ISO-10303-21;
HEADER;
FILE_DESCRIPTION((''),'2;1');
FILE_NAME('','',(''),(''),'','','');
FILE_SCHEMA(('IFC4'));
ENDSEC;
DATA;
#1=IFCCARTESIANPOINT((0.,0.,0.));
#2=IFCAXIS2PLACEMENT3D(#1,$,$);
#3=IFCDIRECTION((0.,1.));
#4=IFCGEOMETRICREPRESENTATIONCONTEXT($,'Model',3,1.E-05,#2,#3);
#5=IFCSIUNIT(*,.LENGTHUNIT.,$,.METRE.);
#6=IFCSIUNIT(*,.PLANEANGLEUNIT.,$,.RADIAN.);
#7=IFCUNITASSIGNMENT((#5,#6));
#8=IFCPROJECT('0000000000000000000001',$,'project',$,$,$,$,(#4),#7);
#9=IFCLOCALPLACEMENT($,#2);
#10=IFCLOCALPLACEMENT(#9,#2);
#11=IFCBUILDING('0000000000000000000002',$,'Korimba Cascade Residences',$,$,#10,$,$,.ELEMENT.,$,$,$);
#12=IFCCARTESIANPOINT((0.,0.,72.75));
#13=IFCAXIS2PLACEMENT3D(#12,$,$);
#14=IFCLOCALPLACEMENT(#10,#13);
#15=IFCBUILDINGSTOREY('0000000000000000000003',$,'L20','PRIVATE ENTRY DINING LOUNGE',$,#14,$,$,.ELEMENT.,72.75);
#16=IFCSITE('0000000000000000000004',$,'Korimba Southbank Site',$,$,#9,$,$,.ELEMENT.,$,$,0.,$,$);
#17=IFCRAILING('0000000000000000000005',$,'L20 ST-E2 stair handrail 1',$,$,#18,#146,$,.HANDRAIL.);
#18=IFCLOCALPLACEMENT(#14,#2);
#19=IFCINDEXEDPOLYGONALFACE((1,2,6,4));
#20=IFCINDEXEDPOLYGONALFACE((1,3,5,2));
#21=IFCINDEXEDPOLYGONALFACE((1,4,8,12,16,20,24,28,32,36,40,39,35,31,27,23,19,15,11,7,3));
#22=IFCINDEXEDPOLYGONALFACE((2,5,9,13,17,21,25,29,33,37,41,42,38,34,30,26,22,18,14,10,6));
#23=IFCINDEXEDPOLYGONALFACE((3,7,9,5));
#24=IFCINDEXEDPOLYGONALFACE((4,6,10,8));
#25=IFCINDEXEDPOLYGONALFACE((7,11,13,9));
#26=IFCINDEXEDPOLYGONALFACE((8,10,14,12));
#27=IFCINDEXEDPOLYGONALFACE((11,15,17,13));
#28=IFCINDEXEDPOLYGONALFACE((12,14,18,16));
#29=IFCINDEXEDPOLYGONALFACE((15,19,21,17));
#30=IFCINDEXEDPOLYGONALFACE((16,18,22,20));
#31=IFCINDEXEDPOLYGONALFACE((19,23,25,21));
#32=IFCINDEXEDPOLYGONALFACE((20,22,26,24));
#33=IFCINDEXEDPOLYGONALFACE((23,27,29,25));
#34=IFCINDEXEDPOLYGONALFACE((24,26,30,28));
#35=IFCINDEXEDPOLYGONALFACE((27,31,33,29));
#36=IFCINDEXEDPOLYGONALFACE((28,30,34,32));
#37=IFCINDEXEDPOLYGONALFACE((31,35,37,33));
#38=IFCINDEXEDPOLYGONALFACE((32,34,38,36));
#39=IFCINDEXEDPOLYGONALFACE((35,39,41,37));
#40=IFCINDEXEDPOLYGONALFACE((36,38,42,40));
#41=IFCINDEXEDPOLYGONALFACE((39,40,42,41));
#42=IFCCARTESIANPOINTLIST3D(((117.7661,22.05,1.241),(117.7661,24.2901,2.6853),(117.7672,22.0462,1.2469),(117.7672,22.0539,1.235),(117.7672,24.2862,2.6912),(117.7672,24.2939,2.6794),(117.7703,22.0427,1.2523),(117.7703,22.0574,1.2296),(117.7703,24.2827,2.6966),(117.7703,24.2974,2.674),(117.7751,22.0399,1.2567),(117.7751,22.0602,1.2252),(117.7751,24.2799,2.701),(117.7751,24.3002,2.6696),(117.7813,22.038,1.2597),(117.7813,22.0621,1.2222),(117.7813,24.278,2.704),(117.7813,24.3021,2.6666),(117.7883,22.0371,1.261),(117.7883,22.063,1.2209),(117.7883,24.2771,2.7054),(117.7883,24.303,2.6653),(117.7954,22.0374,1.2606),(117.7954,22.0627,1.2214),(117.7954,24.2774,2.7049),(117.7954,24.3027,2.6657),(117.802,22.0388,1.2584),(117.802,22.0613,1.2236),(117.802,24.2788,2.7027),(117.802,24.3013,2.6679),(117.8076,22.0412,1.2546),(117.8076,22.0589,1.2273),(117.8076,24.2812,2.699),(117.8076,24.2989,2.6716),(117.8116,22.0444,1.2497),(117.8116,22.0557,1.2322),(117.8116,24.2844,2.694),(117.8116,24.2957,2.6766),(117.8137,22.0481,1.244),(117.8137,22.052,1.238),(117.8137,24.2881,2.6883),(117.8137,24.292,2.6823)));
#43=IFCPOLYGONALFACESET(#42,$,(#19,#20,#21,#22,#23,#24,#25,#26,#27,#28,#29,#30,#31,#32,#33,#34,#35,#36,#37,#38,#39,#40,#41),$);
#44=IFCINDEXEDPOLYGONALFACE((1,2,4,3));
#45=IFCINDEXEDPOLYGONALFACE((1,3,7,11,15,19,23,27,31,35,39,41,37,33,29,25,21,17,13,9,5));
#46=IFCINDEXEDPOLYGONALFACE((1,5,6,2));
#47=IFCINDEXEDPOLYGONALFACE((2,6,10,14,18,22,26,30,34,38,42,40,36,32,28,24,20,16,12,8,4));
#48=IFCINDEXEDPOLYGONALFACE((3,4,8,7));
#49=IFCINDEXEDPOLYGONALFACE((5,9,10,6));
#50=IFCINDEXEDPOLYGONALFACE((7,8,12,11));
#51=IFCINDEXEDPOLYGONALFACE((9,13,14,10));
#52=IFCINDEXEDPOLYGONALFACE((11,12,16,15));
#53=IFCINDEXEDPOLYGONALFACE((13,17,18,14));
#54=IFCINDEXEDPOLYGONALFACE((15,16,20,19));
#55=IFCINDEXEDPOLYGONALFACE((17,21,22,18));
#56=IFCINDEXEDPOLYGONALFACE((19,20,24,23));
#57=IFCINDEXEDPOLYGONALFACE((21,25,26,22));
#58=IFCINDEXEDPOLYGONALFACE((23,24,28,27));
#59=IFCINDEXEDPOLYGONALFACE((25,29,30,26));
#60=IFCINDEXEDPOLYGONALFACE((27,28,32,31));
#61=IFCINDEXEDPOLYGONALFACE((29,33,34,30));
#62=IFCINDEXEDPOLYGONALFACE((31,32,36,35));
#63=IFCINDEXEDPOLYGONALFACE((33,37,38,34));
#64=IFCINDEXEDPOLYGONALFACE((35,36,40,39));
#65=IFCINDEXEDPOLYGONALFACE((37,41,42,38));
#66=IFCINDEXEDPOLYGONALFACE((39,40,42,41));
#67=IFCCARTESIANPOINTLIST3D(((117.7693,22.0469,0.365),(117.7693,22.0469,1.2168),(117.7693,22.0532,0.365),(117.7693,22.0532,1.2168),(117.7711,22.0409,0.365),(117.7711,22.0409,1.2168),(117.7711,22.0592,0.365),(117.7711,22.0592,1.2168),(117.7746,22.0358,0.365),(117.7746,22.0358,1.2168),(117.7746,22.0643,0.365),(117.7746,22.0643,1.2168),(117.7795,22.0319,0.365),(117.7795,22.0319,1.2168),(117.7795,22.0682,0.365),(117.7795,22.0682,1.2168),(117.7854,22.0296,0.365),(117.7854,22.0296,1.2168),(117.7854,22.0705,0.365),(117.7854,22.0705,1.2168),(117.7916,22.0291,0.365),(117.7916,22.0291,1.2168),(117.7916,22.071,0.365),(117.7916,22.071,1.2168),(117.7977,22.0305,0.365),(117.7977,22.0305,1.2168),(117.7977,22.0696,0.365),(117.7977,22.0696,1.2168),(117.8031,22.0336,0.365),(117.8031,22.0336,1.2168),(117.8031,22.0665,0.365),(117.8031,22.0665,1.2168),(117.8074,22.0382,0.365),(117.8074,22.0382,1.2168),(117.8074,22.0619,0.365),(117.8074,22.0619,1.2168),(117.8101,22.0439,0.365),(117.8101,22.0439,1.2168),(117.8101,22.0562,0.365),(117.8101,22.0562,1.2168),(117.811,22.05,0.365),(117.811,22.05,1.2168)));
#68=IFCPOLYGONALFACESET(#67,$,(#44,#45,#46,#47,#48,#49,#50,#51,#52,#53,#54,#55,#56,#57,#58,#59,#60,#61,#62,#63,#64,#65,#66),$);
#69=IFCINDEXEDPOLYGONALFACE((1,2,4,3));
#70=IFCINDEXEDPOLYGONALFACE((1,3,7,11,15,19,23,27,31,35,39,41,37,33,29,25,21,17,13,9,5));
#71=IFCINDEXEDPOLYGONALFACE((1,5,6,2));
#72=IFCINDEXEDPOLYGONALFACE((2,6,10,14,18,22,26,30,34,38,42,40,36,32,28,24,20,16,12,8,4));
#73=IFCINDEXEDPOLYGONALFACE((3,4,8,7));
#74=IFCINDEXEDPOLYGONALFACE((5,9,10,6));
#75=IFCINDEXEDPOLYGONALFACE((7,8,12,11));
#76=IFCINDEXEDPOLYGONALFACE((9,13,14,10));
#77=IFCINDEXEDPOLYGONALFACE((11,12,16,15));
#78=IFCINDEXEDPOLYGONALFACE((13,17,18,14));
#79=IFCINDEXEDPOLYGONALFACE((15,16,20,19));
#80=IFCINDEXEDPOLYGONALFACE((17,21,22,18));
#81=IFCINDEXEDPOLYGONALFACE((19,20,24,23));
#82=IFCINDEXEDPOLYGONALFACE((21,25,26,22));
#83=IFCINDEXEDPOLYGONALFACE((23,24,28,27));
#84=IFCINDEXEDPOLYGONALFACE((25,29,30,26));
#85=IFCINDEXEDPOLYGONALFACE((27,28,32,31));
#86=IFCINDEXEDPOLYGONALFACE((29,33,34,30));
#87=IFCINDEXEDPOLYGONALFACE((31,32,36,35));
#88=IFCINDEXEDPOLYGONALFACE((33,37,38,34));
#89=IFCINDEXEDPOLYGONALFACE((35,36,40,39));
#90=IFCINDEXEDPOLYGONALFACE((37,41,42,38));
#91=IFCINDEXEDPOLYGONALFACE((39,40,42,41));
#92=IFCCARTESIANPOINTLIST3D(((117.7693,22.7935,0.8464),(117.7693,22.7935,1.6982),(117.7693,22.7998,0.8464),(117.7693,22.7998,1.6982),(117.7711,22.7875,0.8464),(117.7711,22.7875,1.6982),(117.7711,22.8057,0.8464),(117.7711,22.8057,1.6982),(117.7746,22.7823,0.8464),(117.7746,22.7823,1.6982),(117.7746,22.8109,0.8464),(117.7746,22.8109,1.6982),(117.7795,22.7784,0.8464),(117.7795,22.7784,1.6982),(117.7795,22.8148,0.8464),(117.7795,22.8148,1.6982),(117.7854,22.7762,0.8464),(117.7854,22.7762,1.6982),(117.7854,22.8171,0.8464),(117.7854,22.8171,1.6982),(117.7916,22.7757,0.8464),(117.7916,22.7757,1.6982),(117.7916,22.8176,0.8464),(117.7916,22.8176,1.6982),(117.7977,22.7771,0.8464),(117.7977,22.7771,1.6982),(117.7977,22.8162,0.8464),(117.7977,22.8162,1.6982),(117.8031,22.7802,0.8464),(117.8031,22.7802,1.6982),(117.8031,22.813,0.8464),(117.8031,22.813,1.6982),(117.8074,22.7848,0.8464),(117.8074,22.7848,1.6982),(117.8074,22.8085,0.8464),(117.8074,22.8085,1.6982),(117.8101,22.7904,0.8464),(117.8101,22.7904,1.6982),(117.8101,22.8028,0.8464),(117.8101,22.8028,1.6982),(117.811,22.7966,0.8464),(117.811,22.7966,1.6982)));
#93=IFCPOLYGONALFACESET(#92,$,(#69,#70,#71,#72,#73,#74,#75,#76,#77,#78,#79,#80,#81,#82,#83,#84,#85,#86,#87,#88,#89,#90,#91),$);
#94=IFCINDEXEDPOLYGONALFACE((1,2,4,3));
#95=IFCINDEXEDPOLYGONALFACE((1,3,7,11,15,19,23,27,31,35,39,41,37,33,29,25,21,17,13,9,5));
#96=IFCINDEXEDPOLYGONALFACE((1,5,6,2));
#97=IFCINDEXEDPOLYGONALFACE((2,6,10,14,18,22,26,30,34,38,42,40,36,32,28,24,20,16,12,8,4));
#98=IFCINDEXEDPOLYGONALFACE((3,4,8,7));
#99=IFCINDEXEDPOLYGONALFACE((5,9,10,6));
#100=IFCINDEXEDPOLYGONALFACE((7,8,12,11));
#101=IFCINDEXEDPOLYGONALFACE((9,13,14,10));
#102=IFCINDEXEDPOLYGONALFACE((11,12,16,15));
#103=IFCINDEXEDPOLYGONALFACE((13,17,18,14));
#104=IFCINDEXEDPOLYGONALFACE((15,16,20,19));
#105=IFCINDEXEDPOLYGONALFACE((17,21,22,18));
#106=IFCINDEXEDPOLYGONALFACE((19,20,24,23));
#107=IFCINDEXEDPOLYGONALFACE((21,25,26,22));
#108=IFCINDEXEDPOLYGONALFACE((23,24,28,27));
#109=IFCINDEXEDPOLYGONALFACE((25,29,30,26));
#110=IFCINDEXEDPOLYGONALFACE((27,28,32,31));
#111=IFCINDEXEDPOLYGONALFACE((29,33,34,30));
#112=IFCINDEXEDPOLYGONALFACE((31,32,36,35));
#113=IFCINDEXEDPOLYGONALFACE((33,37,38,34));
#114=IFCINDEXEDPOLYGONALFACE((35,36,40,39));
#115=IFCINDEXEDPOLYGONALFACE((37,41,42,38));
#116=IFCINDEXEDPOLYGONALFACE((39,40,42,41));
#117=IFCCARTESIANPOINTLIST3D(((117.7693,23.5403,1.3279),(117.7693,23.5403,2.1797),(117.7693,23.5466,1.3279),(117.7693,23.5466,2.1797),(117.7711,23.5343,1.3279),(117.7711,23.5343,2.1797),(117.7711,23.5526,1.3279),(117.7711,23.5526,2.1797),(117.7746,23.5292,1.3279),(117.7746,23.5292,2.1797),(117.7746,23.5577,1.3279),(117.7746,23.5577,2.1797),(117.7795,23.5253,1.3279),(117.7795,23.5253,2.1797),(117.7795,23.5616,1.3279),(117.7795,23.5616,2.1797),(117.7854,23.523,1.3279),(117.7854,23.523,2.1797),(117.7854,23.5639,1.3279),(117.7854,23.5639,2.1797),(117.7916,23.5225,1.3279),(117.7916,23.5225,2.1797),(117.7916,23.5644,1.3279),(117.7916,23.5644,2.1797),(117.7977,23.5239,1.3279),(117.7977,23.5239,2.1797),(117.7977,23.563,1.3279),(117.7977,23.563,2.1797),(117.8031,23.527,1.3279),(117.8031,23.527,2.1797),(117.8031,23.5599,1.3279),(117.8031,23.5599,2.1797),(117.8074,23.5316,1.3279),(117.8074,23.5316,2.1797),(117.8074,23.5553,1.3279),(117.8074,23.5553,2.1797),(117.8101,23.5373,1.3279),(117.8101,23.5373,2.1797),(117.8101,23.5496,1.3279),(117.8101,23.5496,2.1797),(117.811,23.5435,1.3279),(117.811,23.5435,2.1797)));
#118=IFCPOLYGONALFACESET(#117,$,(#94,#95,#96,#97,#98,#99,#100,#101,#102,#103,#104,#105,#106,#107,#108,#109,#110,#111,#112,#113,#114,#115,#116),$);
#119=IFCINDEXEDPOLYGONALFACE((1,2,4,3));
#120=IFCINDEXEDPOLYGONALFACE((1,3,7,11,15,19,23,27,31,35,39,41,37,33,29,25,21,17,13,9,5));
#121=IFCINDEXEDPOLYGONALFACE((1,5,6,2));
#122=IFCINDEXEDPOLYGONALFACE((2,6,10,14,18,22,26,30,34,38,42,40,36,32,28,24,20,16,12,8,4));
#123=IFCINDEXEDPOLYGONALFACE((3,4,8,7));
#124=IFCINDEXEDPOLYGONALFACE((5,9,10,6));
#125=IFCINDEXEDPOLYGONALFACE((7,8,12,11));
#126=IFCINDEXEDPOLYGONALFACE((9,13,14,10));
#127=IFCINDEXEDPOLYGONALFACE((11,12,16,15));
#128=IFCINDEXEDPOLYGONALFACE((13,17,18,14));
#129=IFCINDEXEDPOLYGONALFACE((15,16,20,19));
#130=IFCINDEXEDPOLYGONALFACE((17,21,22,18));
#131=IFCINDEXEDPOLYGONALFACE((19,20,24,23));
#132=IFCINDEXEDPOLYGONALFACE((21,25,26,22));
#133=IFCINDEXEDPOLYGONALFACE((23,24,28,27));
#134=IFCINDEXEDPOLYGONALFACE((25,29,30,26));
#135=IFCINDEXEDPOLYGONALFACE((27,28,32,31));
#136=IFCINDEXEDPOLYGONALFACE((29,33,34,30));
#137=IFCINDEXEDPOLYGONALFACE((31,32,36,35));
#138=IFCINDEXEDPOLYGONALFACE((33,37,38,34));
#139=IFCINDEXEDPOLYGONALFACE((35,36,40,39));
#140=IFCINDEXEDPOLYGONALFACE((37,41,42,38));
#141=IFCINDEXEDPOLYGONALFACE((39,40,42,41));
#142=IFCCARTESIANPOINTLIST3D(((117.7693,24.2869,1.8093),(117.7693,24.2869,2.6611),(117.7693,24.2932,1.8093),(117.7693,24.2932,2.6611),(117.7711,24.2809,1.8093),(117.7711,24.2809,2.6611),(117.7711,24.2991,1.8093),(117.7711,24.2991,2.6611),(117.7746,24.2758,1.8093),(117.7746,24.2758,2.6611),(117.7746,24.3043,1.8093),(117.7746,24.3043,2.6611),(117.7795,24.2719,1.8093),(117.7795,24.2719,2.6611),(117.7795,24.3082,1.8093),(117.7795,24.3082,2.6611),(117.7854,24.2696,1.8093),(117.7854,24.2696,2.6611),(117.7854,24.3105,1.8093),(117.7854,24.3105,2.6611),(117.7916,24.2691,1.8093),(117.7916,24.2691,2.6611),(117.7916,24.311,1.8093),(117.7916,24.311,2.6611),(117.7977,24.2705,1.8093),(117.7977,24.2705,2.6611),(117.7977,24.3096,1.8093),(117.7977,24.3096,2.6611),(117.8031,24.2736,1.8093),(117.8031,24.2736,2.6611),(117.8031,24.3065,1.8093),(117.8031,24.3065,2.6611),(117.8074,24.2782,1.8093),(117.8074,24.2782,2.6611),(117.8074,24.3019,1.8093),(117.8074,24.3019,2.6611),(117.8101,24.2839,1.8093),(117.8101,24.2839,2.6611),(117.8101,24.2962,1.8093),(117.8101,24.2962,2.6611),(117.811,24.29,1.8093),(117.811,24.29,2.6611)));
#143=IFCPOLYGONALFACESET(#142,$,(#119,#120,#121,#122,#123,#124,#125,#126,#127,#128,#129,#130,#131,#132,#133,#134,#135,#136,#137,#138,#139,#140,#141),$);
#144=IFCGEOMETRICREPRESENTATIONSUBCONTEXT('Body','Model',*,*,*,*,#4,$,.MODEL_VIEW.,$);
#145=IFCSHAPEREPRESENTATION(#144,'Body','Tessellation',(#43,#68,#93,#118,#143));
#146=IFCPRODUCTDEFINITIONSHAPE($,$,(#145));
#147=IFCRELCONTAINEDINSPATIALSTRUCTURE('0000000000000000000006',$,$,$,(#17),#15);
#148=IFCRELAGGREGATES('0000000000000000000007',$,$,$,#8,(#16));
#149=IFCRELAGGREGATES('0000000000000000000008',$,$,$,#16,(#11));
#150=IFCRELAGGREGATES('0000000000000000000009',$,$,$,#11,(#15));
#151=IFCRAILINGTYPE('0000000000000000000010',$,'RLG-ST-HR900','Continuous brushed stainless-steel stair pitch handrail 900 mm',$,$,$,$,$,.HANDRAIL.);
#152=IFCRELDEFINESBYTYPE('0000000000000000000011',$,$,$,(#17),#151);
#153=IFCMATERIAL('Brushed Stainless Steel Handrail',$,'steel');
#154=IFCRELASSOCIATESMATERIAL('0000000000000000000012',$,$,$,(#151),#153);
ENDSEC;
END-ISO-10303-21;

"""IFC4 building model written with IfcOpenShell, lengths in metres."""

from ifc_helpers import new_model, si_unit, direction, frame, origin, origin_2d, place, context, subcontext, project, spatial, circle, extrude, material, type_object, element, save


model = new_model("IFC4")

# Units and contexts
model_context = context("Model", 3, precision=1e-05, world=origin(), true_north=direction((0.0, 1.0)))
body_context = subcontext(model_context, "Body", "Model", "MODEL_VIEW")
ifc_project = project(units=[si_unit("LENGTHUNIT", "METRE"), si_unit("PLANEANGLEUNIT", "RADIAN")], contexts=[model_context])

# Site, building, storey
site_placement = place(None, origin())
site = spatial("IfcSite", under=ifc_project, at=site_placement, Name="Korimba Southbank Site", CompositionType="ELEMENT", RefElevation=0.0)
building_placement = place(site_placement, origin())
building = spatial("IfcBuilding", under=site, at=building_placement, Name="Korimba Cascade Residences", CompositionType="ELEMENT")
storey_placement = place(building_placement, frame((0.0, 0.0, 72.75)))
storey = spatial("IfcBuildingStorey", under=building, at=storey_placement, Name="L20", Description="PRIVATE ENTRY DINING LOUNGE", CompositionType="ELEMENT", Elevation=72.75)

# Railing
ifc_material_1 = material(Name="Brushed Stainless Steel Handrail", Category="steel")
railing_type = type_object("IfcRailingType", Name="RLG-ST-HR900", Description="Continuous brushed stainless-steel stair pitch handrail 900 mm", PredefinedType="HANDRAIL", material=ifc_material_1)
railing_placement = place(storey_placement, frame((117.79, 22.05, 0.365)))
element("IfcRailing", 1, at=railing_placement, inside=storey, type_object=railing_type, Name="L20 ST-E2 stair handrail 1", PredefinedType="HANDRAIL", context=body_context, shape_type="SweptSolid", body=[
    extrude(circle(Radius=0.0239, at=origin_2d()), frame((0.0, 0.0, 0.876), z_axis=(0.0, 0.840437, 0.54191), x_axis=(-1.0, 0.0, 0.0)), (0.0, 0.0, 1.0), 2.6653),
    extrude(circle(Radius=0.021, at=origin_2d()), origin(), (0.0, 0.0, 1.0), 0.8518),
    extrude(circle(Radius=0.021, at=origin_2d()), frame((0.0, 0.7466, 0.4814)), (0.0, 0.0, 1.0), 0.8518),
    extrude(circle(Radius=0.021, at=origin_2d()), frame((0.0, 1.4934, 0.9629)), (0.0, 0.0, 1.0), 0.8518),
    extrude(circle(Radius=0.021, at=origin_2d()), frame((0.0, 2.24, 1.4443)), (0.0, 0.0, 1.0), 0.8518),
])

save(model, "model.ifc")
